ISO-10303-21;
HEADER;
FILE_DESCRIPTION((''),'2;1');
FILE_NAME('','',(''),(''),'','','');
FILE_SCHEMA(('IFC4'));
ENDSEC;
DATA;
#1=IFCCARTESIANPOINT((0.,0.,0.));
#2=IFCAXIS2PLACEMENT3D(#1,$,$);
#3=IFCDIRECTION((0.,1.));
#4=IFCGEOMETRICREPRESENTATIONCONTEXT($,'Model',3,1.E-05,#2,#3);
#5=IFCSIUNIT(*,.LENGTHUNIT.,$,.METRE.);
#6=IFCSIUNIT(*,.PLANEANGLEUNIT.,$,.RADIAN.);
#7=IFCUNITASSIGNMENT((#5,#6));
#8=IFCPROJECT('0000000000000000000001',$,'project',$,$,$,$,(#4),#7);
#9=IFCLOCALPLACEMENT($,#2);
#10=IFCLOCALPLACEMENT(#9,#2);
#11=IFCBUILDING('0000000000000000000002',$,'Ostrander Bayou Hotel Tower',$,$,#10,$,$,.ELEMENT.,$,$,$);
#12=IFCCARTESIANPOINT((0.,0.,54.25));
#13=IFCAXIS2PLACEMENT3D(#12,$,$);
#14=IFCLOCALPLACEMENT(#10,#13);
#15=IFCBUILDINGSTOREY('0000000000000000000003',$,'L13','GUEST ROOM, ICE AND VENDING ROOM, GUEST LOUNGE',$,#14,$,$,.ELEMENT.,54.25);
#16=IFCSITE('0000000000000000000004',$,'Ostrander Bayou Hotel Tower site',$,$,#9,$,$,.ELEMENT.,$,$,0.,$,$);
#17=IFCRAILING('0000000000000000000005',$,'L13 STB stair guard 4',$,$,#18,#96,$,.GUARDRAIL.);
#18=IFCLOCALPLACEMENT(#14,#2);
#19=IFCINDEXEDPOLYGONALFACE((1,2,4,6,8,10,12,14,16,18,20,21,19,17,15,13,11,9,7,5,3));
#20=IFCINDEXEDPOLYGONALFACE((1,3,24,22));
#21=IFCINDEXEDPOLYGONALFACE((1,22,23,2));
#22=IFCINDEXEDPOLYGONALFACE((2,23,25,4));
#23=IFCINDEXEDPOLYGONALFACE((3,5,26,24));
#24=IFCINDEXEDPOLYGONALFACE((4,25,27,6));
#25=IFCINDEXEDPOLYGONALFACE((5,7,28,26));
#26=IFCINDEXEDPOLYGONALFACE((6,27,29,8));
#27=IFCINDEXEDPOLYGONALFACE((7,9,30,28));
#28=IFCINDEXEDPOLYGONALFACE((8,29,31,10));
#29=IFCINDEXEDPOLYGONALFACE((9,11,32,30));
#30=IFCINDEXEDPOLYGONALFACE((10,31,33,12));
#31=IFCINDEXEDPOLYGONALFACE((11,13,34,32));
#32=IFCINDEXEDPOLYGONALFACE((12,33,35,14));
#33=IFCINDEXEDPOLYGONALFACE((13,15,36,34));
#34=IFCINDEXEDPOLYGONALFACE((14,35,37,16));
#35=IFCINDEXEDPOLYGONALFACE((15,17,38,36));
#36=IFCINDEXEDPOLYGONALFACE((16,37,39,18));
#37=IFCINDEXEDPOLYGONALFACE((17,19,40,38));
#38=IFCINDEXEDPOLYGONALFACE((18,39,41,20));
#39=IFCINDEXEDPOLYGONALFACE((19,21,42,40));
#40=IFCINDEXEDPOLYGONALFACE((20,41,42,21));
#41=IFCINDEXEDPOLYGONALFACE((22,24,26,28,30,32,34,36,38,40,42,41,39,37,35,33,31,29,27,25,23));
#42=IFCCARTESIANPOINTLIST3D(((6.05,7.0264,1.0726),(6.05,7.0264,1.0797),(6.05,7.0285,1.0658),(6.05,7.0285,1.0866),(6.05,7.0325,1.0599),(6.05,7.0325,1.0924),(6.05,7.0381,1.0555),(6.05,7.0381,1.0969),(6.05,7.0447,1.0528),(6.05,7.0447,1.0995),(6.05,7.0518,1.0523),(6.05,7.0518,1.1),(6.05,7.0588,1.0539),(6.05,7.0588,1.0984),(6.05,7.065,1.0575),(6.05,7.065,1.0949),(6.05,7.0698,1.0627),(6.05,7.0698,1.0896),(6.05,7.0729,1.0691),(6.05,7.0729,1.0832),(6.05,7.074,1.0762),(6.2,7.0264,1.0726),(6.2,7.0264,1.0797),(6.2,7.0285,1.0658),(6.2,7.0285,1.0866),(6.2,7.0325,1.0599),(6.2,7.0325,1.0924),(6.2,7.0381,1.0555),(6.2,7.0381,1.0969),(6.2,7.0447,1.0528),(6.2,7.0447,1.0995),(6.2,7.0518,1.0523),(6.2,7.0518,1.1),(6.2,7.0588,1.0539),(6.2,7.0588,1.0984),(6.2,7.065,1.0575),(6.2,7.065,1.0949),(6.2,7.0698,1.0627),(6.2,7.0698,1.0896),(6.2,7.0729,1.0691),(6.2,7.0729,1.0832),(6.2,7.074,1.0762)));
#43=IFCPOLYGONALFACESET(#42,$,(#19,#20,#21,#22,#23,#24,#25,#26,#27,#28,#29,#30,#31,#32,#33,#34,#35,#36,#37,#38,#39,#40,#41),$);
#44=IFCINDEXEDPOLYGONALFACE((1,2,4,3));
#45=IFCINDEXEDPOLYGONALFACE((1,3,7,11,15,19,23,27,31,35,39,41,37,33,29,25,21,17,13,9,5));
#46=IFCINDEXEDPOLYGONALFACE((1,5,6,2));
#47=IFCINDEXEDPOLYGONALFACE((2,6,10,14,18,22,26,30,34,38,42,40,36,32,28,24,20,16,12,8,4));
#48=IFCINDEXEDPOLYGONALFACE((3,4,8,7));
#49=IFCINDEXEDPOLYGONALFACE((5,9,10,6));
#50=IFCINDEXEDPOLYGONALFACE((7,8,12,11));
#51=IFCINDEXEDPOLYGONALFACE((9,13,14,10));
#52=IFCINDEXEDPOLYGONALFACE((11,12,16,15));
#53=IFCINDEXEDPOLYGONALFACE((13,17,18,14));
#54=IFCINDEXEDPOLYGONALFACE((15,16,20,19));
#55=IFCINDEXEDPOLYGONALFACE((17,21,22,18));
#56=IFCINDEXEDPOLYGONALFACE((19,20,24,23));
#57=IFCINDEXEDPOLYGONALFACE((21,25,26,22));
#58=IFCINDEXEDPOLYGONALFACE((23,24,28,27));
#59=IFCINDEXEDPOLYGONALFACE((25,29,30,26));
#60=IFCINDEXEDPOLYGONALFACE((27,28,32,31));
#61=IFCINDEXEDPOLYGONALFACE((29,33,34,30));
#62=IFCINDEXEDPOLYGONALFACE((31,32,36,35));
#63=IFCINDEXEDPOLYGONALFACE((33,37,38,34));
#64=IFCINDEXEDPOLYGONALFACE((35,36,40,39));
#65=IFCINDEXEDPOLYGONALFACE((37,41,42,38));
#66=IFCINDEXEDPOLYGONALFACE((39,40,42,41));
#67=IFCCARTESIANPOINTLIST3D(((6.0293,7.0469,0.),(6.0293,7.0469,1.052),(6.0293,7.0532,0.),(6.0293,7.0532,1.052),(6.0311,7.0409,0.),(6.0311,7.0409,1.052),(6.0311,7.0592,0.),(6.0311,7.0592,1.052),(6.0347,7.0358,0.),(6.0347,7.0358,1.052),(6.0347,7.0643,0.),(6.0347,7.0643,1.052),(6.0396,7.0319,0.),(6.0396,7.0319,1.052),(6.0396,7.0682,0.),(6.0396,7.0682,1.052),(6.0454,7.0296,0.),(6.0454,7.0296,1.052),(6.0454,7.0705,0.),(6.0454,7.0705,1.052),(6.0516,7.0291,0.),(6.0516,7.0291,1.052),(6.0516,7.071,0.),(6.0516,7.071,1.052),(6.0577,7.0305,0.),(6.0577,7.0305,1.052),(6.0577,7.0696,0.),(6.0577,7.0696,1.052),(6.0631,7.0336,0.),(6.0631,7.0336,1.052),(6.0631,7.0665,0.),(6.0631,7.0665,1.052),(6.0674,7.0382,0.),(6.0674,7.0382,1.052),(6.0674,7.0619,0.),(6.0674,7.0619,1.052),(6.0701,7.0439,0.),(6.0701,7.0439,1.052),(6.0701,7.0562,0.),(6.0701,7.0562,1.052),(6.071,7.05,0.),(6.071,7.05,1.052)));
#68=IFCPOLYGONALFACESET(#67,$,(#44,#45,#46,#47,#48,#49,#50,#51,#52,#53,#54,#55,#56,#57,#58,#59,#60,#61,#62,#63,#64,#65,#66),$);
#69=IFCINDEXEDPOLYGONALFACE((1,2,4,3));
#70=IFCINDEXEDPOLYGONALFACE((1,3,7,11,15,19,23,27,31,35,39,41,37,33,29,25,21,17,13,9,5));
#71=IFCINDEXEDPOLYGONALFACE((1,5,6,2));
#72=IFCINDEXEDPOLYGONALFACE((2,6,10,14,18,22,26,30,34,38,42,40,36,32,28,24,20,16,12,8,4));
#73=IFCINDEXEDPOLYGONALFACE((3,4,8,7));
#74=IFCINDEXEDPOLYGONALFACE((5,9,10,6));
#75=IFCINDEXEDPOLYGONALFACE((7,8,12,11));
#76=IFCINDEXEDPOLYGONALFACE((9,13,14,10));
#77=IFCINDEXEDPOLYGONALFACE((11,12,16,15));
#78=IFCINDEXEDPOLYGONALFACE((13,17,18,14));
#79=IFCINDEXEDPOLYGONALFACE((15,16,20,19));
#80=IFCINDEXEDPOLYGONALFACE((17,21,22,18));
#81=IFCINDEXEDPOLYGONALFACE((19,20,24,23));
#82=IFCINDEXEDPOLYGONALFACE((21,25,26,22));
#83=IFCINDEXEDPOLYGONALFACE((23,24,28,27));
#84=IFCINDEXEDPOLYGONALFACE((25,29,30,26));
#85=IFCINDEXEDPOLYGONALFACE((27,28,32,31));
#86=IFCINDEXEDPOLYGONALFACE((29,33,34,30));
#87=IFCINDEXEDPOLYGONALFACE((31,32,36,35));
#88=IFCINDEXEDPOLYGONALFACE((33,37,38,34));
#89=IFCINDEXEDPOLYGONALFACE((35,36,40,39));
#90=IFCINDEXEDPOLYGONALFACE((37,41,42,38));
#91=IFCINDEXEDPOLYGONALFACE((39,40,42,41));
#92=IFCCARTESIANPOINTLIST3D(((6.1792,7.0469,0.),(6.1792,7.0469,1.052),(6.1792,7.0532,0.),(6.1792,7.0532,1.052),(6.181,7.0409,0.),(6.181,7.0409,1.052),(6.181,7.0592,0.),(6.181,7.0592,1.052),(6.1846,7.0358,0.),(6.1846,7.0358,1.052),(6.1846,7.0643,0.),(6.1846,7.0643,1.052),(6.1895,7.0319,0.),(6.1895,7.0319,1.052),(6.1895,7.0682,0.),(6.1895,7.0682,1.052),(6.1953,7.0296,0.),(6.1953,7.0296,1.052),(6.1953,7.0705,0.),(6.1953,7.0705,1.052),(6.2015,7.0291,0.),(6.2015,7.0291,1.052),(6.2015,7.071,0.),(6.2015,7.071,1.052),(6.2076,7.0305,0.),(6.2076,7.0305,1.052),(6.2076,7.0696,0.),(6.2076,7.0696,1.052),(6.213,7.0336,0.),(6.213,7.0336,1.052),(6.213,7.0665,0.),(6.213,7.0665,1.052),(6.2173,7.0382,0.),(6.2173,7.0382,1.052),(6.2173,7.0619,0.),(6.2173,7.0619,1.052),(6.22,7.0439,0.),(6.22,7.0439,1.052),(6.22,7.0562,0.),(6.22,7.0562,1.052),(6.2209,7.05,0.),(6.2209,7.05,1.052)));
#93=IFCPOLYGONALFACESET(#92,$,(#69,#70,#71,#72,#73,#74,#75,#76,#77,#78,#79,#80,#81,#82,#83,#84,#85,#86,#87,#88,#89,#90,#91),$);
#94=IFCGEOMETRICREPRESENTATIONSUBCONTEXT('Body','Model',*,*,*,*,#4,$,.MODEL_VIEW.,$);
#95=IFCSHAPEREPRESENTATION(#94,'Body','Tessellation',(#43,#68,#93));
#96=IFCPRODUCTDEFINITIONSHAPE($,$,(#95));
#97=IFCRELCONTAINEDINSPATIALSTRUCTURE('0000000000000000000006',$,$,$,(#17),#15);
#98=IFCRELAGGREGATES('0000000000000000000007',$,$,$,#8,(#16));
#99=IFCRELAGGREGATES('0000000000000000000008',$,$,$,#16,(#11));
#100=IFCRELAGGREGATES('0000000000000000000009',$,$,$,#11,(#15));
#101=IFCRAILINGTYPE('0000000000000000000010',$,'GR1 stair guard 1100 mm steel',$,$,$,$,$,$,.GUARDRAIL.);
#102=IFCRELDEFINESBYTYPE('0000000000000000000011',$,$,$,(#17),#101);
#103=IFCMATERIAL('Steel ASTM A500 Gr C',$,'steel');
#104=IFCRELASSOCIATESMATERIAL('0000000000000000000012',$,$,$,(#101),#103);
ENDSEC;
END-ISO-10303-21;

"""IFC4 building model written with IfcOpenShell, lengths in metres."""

from ifc_helpers import new_model, si_unit, direction, frame, origin, origin_2d, place, context, subcontext, project, spatial, circle, extrude, material, type_object, element, save


model = new_model("IFC4")

# Units and contexts
model_context = context("Model", 3, precision=1e-05, world=origin(), true_north=direction((0.0, 1.0)))
body_context = subcontext(model_context, "Body", "Model", "MODEL_VIEW")
ifc_project = project(units=[si_unit("LENGTHUNIT", "METRE"), si_unit("PLANEANGLEUNIT", "RADIAN")], contexts=[model_context])

# Site, building, storey
site_placement = place(None, origin())
site = spatial("IfcSite", under=ifc_project, at=site_placement, Name="Ostrander Bayou Hotel Tower site", CompositionType="ELEMENT", RefElevation=0.0)
building_placement = place(site_placement, origin())
building = spatial("IfcBuilding", under=site, at=building_placement, Name="Ostrander Bayou Hotel Tower", CompositionType="ELEMENT")
storey_placement = place(building_placement, frame((0.0, 0.0, 54.25)))
storey = spatial("IfcBuildingStorey", under=building, at=storey_placement, Name="L13", Description="GUEST ROOM, ICE AND VENDING ROOM, GUEST LOUNGE", CompositionType="ELEMENT", Elevation=54.25)

# Railing
ifc_material_1 = material(Name="Steel ASTM A500 Gr C", Category="steel")
railing_type_1 = type_object("IfcRailingType", Name="GR1 stair guard 1100 mm steel", PredefinedType="GUARDRAIL", material=ifc_material_1)
railing_1_placement = place(storey_placement, frame((6.05, 7.05, 0.0)))
element("IfcRailing", 1, at=railing_1_placement, inside=storey, type_object=railing_type_1, Name="L13 STB stair guard 4", PredefinedType="GUARDRAIL", context=body_context, shape_type="SweptSolid", body=[
    extrude(circle(Radius=0.0239, at=origin_2d()), frame((0.0, 0.0, 1.0762), z_axis=(1.0, 0.0, 0.0), x_axis=(0.0, 1.0, 0.0)), (0.0, 0.0, 1.0), 0.1499),
    extrude(circle(Radius=0.021, at=origin_2d()), origin(), (0.0, 0.0, 1.0), 1.052),
    extrude(circle(Radius=0.021, at=origin_2d()), frame((0.1499, 0.0, 0.0)), (0.0, 0.0, 1.0), 1.052),
])

save(model, "model.ifc")
